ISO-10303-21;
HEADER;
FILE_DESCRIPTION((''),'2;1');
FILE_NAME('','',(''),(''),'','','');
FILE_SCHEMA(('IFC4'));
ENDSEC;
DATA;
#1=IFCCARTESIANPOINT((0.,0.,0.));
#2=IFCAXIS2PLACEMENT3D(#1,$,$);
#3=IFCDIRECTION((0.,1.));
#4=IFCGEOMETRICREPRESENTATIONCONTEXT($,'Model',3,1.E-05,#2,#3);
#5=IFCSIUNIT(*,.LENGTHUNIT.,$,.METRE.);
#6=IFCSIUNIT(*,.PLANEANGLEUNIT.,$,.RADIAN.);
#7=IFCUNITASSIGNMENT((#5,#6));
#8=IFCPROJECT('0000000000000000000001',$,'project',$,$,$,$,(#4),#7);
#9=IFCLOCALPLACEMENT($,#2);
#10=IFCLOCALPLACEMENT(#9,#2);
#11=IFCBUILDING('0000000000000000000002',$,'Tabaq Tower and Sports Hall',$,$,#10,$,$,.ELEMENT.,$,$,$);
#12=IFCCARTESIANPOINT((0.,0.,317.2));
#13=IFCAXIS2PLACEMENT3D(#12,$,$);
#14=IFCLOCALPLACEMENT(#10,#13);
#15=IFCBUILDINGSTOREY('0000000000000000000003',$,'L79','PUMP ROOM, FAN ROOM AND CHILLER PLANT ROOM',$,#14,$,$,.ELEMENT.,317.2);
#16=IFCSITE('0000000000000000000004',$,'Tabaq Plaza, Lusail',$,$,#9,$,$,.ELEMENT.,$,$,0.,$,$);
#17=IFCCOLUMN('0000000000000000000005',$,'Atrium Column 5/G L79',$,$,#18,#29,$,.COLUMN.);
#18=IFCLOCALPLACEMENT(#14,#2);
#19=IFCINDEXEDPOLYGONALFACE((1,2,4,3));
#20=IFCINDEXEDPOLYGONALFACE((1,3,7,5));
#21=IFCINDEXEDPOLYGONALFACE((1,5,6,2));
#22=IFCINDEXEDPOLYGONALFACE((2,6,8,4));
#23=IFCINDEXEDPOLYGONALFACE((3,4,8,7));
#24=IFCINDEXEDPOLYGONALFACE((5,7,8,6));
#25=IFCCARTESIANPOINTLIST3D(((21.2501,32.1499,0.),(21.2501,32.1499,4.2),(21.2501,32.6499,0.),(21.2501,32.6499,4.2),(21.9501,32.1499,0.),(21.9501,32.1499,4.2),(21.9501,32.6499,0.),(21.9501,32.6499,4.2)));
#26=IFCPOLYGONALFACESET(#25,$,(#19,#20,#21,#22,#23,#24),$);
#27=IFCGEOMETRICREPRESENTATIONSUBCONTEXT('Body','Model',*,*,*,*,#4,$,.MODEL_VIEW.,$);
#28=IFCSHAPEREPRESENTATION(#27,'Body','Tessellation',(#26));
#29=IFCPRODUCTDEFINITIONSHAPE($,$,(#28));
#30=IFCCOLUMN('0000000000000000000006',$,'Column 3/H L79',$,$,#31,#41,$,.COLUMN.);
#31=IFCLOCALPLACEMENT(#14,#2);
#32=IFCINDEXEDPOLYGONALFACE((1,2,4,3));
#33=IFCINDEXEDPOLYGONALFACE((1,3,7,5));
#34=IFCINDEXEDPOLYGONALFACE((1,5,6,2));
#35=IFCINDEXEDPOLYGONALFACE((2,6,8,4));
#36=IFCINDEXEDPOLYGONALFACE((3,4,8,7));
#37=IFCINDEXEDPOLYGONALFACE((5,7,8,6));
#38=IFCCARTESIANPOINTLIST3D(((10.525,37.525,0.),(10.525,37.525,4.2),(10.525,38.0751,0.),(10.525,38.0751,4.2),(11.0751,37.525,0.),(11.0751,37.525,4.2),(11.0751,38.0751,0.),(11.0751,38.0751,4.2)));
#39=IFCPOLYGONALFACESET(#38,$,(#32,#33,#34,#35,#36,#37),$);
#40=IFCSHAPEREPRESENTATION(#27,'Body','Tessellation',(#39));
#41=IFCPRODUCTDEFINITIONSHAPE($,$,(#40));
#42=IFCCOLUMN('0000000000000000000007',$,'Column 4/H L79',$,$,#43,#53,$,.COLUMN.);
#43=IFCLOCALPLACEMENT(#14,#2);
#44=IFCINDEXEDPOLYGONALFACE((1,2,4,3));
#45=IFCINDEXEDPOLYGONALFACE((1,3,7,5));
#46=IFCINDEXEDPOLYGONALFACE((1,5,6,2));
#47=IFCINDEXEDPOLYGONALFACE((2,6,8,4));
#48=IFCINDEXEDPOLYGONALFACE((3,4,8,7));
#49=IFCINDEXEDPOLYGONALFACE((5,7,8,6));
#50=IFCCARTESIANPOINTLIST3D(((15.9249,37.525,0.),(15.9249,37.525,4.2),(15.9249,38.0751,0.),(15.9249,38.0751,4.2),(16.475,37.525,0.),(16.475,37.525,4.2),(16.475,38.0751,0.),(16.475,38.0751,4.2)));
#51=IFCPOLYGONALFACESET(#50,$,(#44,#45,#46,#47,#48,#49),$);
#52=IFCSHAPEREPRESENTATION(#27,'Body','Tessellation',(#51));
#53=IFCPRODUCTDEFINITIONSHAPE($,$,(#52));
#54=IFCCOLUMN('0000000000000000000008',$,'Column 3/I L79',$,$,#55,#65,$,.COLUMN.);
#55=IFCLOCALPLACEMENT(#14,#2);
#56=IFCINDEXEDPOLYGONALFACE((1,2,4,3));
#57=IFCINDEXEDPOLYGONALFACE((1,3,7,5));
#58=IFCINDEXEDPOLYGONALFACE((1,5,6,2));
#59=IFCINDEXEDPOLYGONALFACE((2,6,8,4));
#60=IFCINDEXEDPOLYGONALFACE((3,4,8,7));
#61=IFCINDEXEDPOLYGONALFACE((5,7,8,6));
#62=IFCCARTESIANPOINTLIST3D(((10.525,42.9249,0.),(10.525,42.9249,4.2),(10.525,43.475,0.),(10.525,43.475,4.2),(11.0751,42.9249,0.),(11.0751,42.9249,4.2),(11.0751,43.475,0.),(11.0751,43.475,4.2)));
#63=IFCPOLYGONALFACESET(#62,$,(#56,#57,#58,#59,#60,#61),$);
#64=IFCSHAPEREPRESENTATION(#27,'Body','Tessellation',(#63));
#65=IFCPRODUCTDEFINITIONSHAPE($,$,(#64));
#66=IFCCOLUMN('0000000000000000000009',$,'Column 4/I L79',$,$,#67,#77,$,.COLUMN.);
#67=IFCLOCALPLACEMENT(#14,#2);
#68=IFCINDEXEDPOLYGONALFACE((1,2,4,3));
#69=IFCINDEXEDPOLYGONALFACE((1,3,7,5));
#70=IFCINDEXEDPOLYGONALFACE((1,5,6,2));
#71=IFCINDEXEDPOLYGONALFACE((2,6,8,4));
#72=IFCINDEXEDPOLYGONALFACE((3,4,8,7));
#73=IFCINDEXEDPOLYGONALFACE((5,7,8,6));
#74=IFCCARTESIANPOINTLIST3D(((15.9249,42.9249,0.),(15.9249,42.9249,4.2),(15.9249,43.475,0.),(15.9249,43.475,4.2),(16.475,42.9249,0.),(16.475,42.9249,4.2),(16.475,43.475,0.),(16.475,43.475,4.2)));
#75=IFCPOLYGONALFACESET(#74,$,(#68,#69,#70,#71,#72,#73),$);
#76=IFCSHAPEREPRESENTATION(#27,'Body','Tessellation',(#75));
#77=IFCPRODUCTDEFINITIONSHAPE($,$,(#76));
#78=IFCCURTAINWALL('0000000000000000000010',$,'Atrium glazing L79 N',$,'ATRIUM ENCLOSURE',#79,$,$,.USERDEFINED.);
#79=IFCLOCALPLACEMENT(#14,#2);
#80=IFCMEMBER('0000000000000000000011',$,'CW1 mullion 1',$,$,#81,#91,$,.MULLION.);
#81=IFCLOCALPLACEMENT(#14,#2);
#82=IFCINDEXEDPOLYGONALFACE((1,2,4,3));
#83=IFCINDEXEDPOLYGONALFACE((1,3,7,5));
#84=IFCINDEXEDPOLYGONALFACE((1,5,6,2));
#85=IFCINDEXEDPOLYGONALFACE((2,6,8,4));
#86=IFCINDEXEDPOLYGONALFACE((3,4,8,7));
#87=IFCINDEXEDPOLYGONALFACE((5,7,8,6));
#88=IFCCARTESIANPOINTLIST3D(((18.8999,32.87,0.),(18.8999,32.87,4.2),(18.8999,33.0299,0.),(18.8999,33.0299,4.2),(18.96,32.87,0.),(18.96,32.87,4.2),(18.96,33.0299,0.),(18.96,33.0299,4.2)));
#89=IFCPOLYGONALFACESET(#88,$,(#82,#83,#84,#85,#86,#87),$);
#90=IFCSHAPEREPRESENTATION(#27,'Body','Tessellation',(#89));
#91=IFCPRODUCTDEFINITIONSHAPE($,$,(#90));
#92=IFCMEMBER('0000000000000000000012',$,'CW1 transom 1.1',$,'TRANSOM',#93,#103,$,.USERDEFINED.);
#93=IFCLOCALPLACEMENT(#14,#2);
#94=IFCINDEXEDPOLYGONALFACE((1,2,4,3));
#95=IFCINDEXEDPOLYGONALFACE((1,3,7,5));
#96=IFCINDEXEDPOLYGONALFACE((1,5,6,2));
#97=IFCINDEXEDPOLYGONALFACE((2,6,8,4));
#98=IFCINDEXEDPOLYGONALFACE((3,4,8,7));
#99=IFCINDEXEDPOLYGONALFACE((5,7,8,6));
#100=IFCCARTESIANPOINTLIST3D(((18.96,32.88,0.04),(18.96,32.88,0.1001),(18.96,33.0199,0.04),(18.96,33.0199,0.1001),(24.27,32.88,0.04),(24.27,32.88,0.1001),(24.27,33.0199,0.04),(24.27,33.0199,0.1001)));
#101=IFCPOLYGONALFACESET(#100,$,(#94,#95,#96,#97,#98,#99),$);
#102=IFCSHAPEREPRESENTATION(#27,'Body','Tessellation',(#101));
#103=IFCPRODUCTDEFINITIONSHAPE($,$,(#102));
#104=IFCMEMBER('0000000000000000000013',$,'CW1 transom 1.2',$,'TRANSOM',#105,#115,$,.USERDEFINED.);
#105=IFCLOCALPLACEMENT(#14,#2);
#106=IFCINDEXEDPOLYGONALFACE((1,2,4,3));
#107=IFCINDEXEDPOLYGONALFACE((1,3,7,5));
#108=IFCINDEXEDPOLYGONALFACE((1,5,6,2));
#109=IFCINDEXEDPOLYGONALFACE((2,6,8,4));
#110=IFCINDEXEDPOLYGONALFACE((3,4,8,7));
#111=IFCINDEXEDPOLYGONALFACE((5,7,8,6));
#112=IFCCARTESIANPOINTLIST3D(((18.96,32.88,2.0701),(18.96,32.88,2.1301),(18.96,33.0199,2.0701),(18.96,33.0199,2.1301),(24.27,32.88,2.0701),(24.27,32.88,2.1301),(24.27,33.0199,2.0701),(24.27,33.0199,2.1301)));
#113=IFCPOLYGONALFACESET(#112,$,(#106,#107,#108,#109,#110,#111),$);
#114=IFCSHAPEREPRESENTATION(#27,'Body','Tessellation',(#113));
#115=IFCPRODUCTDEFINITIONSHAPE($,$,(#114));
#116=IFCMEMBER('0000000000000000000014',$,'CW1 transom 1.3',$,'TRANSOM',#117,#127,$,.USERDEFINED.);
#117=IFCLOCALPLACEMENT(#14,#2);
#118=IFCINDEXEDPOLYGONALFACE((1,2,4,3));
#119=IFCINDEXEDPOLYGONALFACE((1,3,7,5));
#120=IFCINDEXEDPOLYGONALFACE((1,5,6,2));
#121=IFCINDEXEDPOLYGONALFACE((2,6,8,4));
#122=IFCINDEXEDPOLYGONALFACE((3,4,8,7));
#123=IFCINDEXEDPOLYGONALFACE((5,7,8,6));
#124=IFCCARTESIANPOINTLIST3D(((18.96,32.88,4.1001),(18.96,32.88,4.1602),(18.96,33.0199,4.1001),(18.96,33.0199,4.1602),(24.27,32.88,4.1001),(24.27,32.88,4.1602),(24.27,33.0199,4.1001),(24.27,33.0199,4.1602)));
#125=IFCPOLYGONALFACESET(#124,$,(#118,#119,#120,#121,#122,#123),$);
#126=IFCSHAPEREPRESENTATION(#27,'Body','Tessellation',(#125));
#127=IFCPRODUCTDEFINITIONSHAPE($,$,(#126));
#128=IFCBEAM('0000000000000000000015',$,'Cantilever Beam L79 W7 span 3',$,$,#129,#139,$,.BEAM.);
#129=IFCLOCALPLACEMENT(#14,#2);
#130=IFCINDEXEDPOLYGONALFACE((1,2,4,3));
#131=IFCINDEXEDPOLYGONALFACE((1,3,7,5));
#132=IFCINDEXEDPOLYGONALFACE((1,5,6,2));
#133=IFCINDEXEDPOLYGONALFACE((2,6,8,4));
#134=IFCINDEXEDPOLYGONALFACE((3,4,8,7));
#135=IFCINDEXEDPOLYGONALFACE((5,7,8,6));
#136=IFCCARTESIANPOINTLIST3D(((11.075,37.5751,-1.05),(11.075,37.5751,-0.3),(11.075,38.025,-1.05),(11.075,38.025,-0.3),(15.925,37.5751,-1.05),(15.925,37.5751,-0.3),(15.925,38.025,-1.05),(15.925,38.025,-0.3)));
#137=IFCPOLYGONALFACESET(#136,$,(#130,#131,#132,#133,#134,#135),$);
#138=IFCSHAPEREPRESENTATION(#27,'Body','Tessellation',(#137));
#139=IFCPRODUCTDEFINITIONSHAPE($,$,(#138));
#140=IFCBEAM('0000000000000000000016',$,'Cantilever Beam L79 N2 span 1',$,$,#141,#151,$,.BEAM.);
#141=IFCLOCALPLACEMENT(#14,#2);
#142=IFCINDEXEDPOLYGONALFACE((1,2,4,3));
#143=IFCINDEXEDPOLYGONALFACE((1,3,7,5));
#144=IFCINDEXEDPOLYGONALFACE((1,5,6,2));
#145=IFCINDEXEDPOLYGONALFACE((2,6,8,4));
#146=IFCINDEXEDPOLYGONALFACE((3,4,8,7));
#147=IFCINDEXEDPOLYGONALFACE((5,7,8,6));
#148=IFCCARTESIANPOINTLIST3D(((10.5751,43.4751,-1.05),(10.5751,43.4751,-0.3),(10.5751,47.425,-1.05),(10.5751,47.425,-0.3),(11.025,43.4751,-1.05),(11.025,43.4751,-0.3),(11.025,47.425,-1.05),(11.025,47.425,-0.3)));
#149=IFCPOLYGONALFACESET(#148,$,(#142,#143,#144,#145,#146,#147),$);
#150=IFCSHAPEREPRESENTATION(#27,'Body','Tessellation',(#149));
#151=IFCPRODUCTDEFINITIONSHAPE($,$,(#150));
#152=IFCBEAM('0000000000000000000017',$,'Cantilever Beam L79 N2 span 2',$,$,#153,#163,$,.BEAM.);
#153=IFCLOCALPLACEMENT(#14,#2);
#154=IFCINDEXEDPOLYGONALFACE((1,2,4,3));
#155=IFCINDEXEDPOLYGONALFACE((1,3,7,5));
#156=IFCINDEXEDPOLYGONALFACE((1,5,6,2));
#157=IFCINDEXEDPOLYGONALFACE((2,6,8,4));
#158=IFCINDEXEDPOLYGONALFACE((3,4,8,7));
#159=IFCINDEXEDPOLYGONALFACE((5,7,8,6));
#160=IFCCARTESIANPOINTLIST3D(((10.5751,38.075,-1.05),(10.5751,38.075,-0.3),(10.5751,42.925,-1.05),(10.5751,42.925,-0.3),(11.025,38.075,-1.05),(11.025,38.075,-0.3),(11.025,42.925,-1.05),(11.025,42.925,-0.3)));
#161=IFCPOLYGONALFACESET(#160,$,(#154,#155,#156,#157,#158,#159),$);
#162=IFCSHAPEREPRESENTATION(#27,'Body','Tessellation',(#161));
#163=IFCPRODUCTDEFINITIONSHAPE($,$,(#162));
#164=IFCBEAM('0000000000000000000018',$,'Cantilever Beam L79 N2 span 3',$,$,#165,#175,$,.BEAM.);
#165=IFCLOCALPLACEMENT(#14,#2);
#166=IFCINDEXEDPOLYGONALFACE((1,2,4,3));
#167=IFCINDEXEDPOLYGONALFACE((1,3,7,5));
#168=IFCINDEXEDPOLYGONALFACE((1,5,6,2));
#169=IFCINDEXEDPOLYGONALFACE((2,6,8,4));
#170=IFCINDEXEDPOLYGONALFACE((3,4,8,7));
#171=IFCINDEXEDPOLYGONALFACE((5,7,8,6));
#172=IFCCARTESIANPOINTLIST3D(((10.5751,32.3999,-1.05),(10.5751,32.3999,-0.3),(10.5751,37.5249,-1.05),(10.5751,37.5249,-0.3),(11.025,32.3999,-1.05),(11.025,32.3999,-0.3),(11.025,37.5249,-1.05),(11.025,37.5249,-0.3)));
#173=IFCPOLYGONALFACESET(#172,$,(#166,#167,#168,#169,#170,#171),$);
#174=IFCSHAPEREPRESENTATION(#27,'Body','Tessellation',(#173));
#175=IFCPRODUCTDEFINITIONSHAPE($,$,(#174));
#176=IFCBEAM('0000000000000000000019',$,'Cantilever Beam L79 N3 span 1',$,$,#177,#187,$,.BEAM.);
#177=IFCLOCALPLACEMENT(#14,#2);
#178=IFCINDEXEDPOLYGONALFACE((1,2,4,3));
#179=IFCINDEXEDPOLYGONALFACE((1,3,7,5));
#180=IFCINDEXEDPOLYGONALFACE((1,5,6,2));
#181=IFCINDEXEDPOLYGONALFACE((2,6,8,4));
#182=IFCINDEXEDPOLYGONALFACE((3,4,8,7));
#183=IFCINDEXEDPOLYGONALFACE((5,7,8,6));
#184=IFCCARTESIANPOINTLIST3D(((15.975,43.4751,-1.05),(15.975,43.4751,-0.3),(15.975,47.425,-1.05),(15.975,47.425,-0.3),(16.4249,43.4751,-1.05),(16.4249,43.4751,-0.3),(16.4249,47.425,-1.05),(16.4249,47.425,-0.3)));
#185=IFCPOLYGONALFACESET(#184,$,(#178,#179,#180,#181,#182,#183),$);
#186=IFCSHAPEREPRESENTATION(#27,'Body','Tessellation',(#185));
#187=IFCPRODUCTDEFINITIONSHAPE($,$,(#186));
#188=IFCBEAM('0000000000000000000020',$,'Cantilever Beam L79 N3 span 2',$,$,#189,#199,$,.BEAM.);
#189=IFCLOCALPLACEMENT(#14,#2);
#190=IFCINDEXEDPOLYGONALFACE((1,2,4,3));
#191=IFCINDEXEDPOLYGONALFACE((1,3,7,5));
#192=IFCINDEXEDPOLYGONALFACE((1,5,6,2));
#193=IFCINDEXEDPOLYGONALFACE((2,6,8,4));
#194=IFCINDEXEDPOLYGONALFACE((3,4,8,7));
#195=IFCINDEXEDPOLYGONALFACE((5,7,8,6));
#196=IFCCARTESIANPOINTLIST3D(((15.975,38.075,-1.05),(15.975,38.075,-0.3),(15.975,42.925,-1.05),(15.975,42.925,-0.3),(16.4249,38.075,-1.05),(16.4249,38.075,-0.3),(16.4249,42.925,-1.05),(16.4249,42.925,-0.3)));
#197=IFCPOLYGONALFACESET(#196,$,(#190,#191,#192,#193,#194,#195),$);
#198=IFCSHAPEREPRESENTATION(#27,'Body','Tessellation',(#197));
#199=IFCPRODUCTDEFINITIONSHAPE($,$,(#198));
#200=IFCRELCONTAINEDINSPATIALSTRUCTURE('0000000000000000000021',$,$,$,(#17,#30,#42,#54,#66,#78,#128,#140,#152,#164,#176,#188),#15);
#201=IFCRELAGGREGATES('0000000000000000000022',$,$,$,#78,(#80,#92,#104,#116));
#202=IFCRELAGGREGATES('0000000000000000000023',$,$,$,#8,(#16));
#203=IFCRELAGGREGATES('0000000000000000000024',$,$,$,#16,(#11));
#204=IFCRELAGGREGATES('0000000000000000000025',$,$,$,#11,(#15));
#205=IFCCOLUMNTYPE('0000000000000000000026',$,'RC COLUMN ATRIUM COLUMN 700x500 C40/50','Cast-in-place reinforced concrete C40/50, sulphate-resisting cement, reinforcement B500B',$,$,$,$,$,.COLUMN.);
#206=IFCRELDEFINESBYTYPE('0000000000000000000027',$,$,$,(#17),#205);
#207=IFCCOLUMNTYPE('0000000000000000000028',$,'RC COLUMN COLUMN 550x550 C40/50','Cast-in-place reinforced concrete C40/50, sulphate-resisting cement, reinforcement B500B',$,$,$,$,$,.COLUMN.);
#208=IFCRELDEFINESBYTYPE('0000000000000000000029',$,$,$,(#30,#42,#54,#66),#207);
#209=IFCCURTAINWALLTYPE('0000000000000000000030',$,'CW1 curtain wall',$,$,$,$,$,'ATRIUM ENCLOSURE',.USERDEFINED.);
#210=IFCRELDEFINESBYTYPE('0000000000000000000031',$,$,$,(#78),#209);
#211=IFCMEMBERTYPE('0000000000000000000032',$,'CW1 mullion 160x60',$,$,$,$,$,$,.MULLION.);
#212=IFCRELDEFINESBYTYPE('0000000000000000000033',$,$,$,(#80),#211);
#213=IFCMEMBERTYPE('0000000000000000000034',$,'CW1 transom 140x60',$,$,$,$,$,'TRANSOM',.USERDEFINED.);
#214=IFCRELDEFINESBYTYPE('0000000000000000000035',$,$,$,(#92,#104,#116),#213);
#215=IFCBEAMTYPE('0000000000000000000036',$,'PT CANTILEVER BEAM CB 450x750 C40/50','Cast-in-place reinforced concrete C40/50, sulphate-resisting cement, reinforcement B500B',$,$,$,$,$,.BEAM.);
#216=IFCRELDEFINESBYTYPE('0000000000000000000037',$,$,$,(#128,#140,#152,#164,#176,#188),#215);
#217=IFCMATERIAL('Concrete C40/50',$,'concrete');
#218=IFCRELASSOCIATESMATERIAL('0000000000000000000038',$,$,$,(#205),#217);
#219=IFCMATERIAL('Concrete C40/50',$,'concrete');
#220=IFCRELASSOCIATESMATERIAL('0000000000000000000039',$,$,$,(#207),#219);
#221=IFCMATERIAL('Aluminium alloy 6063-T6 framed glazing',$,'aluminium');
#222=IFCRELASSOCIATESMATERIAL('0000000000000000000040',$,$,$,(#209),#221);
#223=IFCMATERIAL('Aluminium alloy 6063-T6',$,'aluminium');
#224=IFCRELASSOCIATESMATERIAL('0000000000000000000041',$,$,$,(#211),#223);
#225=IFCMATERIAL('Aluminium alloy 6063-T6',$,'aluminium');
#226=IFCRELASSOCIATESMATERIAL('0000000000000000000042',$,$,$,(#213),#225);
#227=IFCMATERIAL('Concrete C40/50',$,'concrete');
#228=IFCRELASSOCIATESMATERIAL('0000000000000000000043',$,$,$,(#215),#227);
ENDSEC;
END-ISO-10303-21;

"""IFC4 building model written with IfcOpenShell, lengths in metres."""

from ifc_helpers import new_model, si_unit, direction, frame, origin, origin_2d, place, context, subcontext, project, spatial, rectangle, extrude, material, material_profile, profile_set, type_object, element, aggregate, save


model = new_model("IFC4")

# Units and contexts
model_context = context("Model", 3, precision=1e-05, world=origin(), true_north=direction((0.0, 1.0)))
body_context = subcontext(model_context, "Body", "Model", "MODEL_VIEW")
ifc_project = project(units=[si_unit("LENGTHUNIT", "METRE"), si_unit("PLANEANGLEUNIT", "RADIAN")], contexts=[model_context])

# Site, building, storey
site_placement = place(None, origin())
site = spatial("IfcSite", under=ifc_project, at=site_placement, Name="Tabaq Plaza, Lusail", CompositionType="ELEMENT", RefElevation=0.0)
building_placement = place(site_placement, origin())
building = spatial("IfcBuilding", under=site, at=building_placement, Name="Tabaq Tower and Sports Hall", CompositionType="ELEMENT")
storey_placement = place(building_placement, frame((0.0, 0.0, 317.2)))
storey = spatial("IfcBuildingStorey", under=building, at=storey_placement, Name="L79", Description="PUMP ROOM, FAN ROOM AND CHILLER PLANT ROOM", CompositionType="ELEMENT", Elevation=317.2)

# Columns
ifc_material_1 = material(Name="Concrete C40/50", Category="concrete")
ifc_material_profile_1 = material_profile(ifc_material_1, rectangle(XDim=0.7, YDim=0.5, at=origin_2d()), Name="ATRIUM COLUMN 700x500")
ifc_profile_set_1 = profile_set([ifc_material_profile_1], Name="Concrete C40/50")
column_type_1 = type_object("IfcColumnType", Name="RC COLUMN ATRIUM COLUMN 700x500 C40/50", Description="Cast-in-place reinforced concrete C40/50, sulphate-resisting cement, reinforcement B500B", PredefinedType="COLUMN", material=ifc_profile_set_1)
column_placement = place(storey_placement, frame((21.6001, 32.3999, 0.0), z_axis=(0.0, 0.0, 1.0), x_axis=(1.0, 0.0, 0.0)))
element("IfcColumn", 1, at=column_placement, inside=storey, type_object=column_type_1, Name="Atrium Column 5/G L79", PredefinedType="COLUMN", context=body_context, shape_type="SweptSolid", body=[
    extrude(rectangle(XDim=0.7, YDim=0.5, at=origin_2d()), origin(), (0.0, 0.0, 1.0), 4.2),
])
ifc_material_2 = material(Name="Concrete C40/50", Category="concrete")
ifc_material_profile_2 = material_profile(ifc_material_2, rectangle(XDim=0.55, YDim=0.55, at=origin_2d()), Name="COLUMN 550x550")
ifc_profile_set_2 = profile_set([ifc_material_profile_2], Name="Concrete C40/50")
column_type_2 = type_object("IfcColumnType", Name="RC COLUMN COLUMN 550x550 C40/50", Description="Cast-in-place reinforced concrete C40/50, sulphate-resisting cement, reinforcement B500B", PredefinedType="COLUMN", material=ifc_profile_set_2)
for number, where, z_axis, x_axis, name in (
    (2, (10.8, 37.8, 0.0), (0.0, 0.0, 1.0), (1.0, 0.0, 0.0), "Column 3/H L79"),
    (3, (16.2, 37.8, 0.0), (0.0, 0.0, 1.0), (1.0, 0.0, 0.0), "Column 4/H L79"),
    (4, (10.8, 43.2, 0.0), (0.0, 0.0, 1.0), (1.0, 0.0, 0.0), "Column 3/I L79"),
    (5, (16.2, 43.2, 0.0), (0.0, 0.0, 1.0), (1.0, 0.0, 0.0), "Column 4/I L79"),
):
    element("IfcColumn", number, at=place(storey_placement, frame(where, z_axis=z_axis, x_axis=x_axis)), inside=storey, type_object=column_type_2, Name=name, PredefinedType="COLUMN", context=body_context, shape_type="SweptSolid", body=[
        extrude(rectangle(XDim=0.55, YDim=0.55, at=origin_2d()), origin(), (0.0, 0.0, 1.0), 4.2),
    ])

# Curtain wall, members
ifc_material_3 = material(Name="Aluminium alloy 6063-T6 framed glazing", Category="aluminium")
curtain_wall_type = type_object("IfcCurtainWallType", Name="CW1 curtain wall", ElementType="ATRIUM ENCLOSURE", PredefinedType="USERDEFINED", material=ifc_material_3)
curtain_wall_placement = place(storey_placement, origin())
curtain_wall = element("IfcCurtainWall", 6, at=curtain_wall_placement, inside=storey, type_object=curtain_wall_type, Name="Atrium glazing L79 N", ObjectType="ATRIUM ENCLOSURE", PredefinedType="USERDEFINED")
ifc_material_4 = material(Name="Aluminium alloy 6063-T6", Category="aluminium")
ifc_material_profile_3 = material_profile(ifc_material_4, rectangle(XDim=0.1599, YDim=0.0601, at=origin_2d()), Name="MULLION 160x60")
ifc_profile_set_3 = profile_set([ifc_material_profile_3], Name="Aluminium alloy 6063-T6")
member_type_1 = type_object("IfcMemberType", Name="CW1 mullion 160x60", PredefinedType="MULLION", material=ifc_profile_set_3)
member_1_placement = place(storey_placement, frame((18.9299, 32.95, 0.0), z_axis=(0.0, 0.0, 1.0), x_axis=(0.0, 1.0, 0.0)))
member_1 = element("IfcMember", 7, at=member_1_placement, type_object=member_type_1, Name="CW1 mullion 1", PredefinedType="MULLION", context=body_context, shape_type="SweptSolid", body=[
    extrude(rectangle(XDim=0.1599, YDim=0.0601, at=origin_2d()), origin(), (0.0, 0.0, 1.0), 4.2),
])
ifc_material_5 = material(Name="Aluminium alloy 6063-T6", Category="aluminium")
ifc_material_profile_4 = material_profile(ifc_material_5, rectangle(XDim=0.1399, YDim=0.0601, at=origin_2d()), Name="TRANSOM 140x60")
ifc_profile_set_4 = profile_set([ifc_material_profile_4], Name="Aluminium alloy 6063-T6")
member_type_2 = type_object("IfcMemberType", Name="CW1 transom 140x60", ElementType="TRANSOM", PredefinedType="USERDEFINED", material=ifc_profile_set_4)
member_2_placement = place(storey_placement, frame((18.96, 32.95, 0.0701), z_axis=(1.0, 0.0, 0.0), x_axis=(0.0, 1.0, 0.0)))
member_2 = element("IfcMember", 8, at=member_2_placement, type_object=member_type_2, Name="CW1 transom 1.1", ObjectType="TRANSOM", PredefinedType="USERDEFINED", context=body_context, shape_type="SweptSolid", body=[
    extrude(rectangle(XDim=0.1399, YDim=0.0601, at=origin_2d()), origin(), (0.0, 0.0, 1.0), 5.3101),
])
member_3_placement = place(storey_placement, frame((18.96, 32.95, 2.1001), z_axis=(1.0, 0.0, 0.0), x_axis=(0.0, 1.0, 0.0)))
member_3 = element("IfcMember", 9, at=member_3_placement, type_object=member_type_2, Name="CW1 transom 1.2", ObjectType="TRANSOM", PredefinedType="USERDEFINED", context=body_context, shape_type="SweptSolid", body=[
    extrude(rectangle(XDim=0.1399, YDim=0.0601, at=origin_2d()), origin(), (0.0, 0.0, 1.0), 5.3101),
])
member_4_placement = place(storey_placement, frame((18.96, 32.95, 4.1301), z_axis=(1.0, 0.0, 0.0), x_axis=(0.0, 1.0, 0.0)))
member_4 = element("IfcMember", 10, at=member_4_placement, type_object=member_type_2, Name="CW1 transom 1.3", ObjectType="TRANSOM", PredefinedType="USERDEFINED", context=body_context, shape_type="SweptSolid", body=[
    extrude(rectangle(XDim=0.1399, YDim=0.0601, at=origin_2d()), origin(), (0.0, 0.0, 1.0), 5.3101),
])
aggregate(curtain_wall, [member_1, member_2, member_3, member_4])

# Beams
ifc_material_6 = material(Name="Concrete C40/50", Category="concrete")
ifc_material_profile_5 = material_profile(ifc_material_6, rectangle(XDim=0.45, YDim=0.75, at=origin_2d()), Name="CB 450x750")
ifc_profile_set_5 = profile_set([ifc_material_profile_5], Name="Concrete C40/50")
beam_type = type_object("IfcBeamType", Name="PT CANTILEVER BEAM CB 450x750 C40/50", Description="Cast-in-place reinforced concrete C40/50, sulphate-resisting cement, reinforcement B500B", PredefinedType="BEAM", material=ifc_profile_set_5)
beam_1_placement = place(storey_placement, frame((11.075, 37.8, -0.675), z_axis=(1.0, 0.0, 0.0), x_axis=(0.0, 1.0, 0.0)))
element("IfcBeam", 11, at=beam_1_placement, inside=storey, type_object=beam_type, Name="Cantilever Beam L79 W7 span 3", PredefinedType="BEAM", context=body_context, shape_type="SweptSolid", body=[
    extrude(rectangle(XDim=0.45, YDim=0.75, at=origin_2d()), origin(), (0.0, 0.0, 1.0), 4.8501),
])
beam_2_placement = place(storey_placement, frame((10.8, 47.425, -0.675), z_axis=(0.0, -1.0, 0.0), x_axis=(1.0, 0.0, 0.0)))
element("IfcBeam", 12, at=beam_2_placement, inside=storey, type_object=beam_type, Name="Cantilever Beam L79 N2 span 1", PredefinedType="BEAM", context=body_context, shape_type="SweptSolid", body=[
    extrude(rectangle(XDim=0.45, YDim=0.75, at=origin_2d()), origin(), (0.0, 0.0, 1.0), 3.95),
])
beam_3_placement = place(storey_placement, frame((10.8, 42.925, -0.675), z_axis=(0.0, -1.0, 0.0), x_axis=(1.0, 0.0, 0.0)))
element("IfcBeam", 13, at=beam_3_placement, inside=storey, type_object=beam_type, Name="Cantilever Beam L79 N2 span 2", PredefinedType="BEAM", context=body_context, shape_type="SweptSolid", body=[
    extrude(rectangle(XDim=0.45, YDim=0.75, at=origin_2d()), origin(), (0.0, 0.0, 1.0), 4.8501),
])
beam_4_placement = place(storey_placement, frame((10.8, 37.5249, -0.675), z_axis=(0.0, -1.0, 0.0), x_axis=(1.0, 0.0, 0.0)))
element("IfcBeam", 14, at=beam_4_placement, inside=storey, type_object=beam_type, Name="Cantilever Beam L79 N2 span 3", PredefinedType="BEAM", context=body_context, shape_type="SweptSolid", body=[
    extrude(rectangle(XDim=0.45, YDim=0.75, at=origin_2d()), origin(), (0.0, 0.0, 1.0), 5.125),
])
beam_5_placement = place(storey_placement, frame((16.2, 47.425, -0.675), z_axis=(0.0, -1.0, 0.0), x_axis=(1.0, 0.0, 0.0)))
element("IfcBeam", 15, at=beam_5_placement, inside=storey, type_object=beam_type, Name="Cantilever Beam L79 N3 span 1", PredefinedType="BEAM", context=body_context, shape_type="SweptSolid", body=[
    extrude(rectangle(XDim=0.45, YDim=0.75, at=origin_2d()), origin(), (0.0, 0.0, 1.0), 3.95),
])
beam_6_placement = place(storey_placement, frame((16.2, 42.925, -0.675), z_axis=(0.0, -1.0, 0.0), x_axis=(1.0, 0.0, 0.0)))
element("IfcBeam", 16, at=beam_6_placement, inside=storey, type_object=beam_type, Name="Cantilever Beam L79 N3 span 2", PredefinedType="BEAM", context=body_context, shape_type="SweptSolid", body=[
    extrude(rectangle(XDim=0.45, YDim=0.75, at=origin_2d()), origin(), (0.0, 0.0, 1.0), 4.8501),
])

save(model, "model.ifc")
